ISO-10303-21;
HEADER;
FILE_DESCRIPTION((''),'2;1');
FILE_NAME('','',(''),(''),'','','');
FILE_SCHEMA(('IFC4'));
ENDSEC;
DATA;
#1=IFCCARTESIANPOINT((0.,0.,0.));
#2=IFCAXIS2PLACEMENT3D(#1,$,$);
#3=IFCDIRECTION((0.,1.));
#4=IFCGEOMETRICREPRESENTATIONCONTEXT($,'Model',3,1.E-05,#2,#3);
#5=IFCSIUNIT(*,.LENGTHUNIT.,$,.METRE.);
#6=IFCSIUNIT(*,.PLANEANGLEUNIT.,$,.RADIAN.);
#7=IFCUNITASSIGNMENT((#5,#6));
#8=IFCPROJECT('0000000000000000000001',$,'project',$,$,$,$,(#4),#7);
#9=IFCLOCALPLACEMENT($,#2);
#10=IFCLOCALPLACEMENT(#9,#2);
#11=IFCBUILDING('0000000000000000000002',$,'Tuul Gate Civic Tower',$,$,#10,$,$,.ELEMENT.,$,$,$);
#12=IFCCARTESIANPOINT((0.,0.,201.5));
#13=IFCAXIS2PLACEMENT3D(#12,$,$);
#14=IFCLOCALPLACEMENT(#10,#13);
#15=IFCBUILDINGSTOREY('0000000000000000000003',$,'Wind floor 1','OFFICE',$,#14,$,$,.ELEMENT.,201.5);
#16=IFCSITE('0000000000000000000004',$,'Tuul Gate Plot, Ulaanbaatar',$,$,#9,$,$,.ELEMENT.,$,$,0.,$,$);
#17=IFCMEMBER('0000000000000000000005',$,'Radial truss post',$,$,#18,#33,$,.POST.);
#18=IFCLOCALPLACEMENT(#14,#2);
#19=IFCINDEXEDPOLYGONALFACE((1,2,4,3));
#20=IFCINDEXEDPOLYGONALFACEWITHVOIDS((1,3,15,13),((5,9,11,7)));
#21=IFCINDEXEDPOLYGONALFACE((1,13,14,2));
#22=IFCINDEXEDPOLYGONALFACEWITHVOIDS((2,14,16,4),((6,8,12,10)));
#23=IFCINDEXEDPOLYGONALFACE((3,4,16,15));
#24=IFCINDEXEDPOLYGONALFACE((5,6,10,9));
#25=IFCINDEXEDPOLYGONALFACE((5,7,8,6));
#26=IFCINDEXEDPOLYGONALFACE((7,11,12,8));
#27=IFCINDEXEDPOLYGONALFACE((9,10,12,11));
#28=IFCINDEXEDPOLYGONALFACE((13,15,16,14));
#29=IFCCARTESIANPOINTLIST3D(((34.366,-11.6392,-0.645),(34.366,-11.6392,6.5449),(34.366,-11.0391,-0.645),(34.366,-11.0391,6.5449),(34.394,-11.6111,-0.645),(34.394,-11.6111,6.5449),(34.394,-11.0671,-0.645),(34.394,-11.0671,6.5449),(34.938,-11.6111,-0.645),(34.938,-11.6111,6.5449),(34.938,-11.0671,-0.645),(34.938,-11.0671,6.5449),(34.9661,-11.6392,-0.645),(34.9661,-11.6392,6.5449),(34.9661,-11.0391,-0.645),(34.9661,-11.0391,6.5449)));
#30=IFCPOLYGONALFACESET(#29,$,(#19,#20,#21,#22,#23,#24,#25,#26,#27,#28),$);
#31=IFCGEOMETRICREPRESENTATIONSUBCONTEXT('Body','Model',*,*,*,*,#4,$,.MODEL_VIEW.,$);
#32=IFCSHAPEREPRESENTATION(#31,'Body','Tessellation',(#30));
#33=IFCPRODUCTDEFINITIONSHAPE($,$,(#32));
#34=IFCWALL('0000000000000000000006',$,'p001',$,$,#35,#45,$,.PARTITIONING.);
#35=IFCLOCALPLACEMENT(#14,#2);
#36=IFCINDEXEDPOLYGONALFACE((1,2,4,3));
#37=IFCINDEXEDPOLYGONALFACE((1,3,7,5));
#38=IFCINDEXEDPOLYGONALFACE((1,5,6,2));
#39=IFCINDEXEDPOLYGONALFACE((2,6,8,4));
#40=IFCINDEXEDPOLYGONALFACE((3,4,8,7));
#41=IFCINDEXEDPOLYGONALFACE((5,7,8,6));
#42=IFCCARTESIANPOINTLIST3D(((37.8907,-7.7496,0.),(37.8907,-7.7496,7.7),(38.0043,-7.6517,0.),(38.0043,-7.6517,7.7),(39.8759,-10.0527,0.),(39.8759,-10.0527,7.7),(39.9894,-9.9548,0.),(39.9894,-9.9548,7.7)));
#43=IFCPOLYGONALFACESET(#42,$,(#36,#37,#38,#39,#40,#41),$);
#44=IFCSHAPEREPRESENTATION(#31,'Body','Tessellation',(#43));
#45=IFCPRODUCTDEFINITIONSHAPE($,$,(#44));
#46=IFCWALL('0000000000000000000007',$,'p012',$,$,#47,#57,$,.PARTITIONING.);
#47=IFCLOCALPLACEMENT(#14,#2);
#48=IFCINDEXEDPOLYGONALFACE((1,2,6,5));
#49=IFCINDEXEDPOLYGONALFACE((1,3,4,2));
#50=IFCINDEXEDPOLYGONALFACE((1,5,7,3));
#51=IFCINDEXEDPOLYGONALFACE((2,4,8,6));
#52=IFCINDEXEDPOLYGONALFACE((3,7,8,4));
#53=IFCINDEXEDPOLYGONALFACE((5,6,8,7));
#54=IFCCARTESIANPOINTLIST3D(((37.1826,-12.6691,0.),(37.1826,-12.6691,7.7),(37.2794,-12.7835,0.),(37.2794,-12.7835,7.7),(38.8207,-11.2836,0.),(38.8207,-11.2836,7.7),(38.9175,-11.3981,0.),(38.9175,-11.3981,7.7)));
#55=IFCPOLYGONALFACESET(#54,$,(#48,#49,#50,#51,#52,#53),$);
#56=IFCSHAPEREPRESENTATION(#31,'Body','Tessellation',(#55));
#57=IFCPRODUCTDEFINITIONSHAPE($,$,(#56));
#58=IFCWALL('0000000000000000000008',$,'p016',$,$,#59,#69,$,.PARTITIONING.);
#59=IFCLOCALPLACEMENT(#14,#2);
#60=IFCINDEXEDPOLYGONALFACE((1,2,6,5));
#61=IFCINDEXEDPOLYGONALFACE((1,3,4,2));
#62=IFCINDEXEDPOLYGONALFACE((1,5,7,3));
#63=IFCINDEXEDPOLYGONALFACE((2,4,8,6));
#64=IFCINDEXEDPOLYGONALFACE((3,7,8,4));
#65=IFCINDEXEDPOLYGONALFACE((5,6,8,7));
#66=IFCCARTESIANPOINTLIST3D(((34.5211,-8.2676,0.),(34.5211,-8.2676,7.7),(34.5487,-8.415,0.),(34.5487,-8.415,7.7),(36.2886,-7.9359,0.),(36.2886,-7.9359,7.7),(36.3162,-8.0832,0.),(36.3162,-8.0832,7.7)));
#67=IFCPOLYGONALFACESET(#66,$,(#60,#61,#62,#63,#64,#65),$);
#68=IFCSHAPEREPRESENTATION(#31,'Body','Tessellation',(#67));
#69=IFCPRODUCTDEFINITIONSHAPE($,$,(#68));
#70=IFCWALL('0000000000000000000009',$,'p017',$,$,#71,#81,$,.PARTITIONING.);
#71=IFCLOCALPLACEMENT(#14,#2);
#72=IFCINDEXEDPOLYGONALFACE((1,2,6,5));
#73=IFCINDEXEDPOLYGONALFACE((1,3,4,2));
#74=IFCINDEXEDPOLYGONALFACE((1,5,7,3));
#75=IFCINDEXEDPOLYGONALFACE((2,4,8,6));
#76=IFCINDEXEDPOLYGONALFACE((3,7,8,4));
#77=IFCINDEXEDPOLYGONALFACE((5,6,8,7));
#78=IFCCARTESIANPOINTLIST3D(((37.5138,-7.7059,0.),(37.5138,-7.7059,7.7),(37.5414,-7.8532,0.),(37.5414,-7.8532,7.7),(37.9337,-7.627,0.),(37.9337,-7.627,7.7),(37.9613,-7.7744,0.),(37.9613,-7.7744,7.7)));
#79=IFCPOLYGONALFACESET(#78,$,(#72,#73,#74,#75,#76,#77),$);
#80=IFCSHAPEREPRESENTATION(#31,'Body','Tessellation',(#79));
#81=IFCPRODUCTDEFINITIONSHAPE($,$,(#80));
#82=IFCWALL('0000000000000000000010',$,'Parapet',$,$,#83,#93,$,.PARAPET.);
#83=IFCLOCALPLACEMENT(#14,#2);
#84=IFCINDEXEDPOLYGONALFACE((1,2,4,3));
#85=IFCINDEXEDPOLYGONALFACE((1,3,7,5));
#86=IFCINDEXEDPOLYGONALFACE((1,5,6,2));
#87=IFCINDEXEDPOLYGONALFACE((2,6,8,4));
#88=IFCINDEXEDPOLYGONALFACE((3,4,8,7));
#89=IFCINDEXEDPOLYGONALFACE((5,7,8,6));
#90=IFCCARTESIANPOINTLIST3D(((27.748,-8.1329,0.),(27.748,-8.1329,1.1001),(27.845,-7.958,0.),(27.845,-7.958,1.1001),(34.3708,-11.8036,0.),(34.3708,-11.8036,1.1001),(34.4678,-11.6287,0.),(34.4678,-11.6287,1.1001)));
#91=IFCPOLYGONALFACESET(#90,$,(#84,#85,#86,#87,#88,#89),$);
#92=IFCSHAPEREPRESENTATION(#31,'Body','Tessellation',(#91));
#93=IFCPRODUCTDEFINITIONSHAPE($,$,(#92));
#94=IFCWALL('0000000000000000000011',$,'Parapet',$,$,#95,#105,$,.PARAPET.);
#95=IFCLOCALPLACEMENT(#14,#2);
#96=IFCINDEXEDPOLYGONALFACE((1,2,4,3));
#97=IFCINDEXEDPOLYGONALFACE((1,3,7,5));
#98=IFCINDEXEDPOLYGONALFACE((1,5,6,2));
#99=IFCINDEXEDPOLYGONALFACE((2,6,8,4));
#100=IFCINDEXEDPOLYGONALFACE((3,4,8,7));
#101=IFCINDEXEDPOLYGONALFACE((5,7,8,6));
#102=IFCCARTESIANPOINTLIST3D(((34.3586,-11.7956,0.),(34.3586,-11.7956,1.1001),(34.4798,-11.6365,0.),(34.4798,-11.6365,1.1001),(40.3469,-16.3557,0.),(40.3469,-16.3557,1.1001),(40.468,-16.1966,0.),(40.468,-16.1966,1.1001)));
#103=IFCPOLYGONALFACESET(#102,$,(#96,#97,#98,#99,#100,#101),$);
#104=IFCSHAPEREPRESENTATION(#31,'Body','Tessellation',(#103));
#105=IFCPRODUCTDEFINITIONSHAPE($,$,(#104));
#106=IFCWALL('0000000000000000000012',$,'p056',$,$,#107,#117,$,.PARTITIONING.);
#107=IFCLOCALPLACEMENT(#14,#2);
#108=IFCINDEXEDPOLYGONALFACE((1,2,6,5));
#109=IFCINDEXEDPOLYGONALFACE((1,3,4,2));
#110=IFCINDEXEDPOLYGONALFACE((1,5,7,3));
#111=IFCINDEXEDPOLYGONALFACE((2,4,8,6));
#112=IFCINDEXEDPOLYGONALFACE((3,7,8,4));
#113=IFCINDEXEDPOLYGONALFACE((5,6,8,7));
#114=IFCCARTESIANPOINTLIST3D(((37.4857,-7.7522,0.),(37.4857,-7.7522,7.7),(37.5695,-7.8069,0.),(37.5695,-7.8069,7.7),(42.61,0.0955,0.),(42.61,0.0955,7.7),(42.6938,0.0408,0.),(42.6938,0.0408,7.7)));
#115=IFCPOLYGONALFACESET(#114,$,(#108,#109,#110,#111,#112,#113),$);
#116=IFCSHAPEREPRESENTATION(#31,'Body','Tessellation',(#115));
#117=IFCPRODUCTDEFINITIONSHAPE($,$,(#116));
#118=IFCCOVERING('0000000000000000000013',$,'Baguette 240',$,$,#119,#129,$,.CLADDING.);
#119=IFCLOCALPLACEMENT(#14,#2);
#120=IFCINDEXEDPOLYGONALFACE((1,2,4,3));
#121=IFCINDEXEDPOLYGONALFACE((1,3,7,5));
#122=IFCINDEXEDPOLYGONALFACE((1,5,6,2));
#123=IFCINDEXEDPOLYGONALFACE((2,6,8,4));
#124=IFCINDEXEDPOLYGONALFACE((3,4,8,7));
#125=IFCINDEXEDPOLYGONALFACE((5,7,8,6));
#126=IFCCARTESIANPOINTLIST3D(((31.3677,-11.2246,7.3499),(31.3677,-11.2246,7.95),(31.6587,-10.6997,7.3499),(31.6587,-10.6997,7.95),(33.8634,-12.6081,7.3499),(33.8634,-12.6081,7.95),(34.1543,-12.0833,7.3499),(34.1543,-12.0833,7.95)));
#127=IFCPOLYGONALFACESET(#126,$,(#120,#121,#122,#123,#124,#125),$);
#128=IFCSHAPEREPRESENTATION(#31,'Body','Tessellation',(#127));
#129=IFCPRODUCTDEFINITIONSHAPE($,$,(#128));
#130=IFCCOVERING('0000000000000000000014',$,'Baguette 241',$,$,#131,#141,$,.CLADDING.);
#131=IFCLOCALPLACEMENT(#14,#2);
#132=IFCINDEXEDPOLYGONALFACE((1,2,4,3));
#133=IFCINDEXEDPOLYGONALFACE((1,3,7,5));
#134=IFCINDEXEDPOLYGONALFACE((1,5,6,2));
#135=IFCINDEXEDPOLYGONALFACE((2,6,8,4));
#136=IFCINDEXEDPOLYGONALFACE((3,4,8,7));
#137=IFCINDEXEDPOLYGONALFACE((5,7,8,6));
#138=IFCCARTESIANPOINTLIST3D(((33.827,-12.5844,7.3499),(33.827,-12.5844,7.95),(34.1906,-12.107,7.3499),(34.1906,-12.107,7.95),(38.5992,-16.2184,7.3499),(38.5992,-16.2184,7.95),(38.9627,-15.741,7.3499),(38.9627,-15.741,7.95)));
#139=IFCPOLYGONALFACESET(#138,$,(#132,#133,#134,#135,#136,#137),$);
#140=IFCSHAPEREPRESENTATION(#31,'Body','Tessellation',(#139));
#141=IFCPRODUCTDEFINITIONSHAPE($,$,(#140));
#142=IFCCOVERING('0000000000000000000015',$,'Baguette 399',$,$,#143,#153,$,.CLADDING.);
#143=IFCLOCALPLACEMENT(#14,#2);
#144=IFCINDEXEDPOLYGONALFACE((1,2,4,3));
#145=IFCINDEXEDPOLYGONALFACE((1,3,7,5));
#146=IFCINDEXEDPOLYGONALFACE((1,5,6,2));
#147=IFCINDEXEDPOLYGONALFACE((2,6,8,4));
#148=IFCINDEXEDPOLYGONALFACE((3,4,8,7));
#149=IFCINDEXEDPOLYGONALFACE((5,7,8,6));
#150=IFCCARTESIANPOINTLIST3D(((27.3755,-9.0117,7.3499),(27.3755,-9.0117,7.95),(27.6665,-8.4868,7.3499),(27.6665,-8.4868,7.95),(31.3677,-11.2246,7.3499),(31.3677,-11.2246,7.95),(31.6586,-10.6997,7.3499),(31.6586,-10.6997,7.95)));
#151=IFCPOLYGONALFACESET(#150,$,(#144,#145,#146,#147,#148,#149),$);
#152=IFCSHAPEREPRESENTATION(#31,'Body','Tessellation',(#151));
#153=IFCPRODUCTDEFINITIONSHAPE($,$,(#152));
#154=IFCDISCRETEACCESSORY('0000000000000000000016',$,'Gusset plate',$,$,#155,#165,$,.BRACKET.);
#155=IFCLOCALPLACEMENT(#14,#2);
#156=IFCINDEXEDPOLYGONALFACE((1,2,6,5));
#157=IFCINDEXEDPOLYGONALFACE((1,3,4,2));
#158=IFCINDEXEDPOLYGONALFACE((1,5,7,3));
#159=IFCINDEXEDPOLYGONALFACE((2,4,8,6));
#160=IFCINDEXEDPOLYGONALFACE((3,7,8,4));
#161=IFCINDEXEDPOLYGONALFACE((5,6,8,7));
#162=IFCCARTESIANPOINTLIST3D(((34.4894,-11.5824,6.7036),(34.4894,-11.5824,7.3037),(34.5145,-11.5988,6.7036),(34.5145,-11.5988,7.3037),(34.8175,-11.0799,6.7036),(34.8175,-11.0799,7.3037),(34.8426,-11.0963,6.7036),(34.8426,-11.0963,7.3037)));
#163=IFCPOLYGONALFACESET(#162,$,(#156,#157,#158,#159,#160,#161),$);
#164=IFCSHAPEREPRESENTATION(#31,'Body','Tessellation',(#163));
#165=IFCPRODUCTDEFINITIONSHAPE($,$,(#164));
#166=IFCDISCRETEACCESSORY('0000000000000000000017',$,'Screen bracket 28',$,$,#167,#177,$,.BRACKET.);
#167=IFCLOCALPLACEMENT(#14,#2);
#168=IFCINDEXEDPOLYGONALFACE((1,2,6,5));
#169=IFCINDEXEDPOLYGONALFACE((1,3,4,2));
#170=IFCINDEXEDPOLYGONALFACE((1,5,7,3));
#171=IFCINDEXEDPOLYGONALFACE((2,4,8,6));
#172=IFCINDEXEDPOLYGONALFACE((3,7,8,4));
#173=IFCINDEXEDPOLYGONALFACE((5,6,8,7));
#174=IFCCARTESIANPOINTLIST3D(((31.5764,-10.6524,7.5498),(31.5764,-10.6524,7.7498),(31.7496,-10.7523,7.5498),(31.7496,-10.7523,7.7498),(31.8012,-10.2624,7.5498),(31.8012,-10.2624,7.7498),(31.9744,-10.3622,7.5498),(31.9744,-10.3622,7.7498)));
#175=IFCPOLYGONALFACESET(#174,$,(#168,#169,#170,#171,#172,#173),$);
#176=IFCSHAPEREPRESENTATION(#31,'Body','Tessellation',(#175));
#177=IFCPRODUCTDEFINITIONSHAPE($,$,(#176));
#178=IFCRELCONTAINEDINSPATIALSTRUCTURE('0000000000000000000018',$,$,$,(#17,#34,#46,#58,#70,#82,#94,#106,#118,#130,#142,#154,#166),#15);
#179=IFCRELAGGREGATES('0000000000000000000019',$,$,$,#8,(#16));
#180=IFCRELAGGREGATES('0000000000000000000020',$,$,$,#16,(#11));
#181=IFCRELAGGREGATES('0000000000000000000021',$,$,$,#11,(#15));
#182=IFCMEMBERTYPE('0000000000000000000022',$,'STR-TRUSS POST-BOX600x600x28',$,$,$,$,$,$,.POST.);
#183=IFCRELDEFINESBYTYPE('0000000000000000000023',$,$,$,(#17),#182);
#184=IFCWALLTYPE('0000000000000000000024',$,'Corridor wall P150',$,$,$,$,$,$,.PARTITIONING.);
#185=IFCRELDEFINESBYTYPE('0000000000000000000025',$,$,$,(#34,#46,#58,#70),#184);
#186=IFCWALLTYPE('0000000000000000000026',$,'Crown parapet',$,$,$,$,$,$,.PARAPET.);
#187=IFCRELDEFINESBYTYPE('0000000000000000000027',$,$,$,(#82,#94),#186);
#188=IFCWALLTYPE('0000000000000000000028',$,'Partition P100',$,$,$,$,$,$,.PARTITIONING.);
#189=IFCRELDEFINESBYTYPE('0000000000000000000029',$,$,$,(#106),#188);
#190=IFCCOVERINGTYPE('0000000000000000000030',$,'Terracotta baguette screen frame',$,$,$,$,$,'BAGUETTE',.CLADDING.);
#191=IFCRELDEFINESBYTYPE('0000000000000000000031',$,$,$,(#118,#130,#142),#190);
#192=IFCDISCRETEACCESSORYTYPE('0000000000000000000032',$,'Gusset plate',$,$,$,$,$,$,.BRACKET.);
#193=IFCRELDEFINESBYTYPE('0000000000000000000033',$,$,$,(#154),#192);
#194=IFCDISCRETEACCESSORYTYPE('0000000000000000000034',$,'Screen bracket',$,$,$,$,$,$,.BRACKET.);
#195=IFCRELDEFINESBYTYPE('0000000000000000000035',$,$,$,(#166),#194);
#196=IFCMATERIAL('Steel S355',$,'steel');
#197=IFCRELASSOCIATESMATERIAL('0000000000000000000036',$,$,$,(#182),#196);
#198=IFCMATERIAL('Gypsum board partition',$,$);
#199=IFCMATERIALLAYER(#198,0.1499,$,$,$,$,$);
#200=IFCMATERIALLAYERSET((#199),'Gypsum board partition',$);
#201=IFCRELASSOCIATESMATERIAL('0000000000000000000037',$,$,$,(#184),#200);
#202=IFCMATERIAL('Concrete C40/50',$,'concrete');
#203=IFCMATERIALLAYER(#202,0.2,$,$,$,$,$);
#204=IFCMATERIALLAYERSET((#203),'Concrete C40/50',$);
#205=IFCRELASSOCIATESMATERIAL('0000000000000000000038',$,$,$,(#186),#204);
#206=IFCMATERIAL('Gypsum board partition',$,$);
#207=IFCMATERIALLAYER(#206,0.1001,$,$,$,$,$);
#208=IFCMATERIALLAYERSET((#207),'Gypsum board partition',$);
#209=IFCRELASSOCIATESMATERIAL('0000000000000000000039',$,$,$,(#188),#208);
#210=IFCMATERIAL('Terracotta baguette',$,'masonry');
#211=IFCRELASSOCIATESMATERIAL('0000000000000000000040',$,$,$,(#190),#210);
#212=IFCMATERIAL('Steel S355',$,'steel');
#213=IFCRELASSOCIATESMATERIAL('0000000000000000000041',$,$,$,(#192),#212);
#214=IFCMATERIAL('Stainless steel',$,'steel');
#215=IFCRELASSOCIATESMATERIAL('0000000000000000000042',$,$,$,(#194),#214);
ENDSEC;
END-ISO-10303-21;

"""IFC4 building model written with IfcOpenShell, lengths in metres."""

from ifc_helpers import new_model, si_unit, direction, frame, frame_2d, origin, origin_2d, place, context, subcontext, project, spatial, rectangle, hollow_rectangle, extrude, material, layer, layer_set, material_profile, profile_set, type_object, element, save


model = new_model("IFC4")

# Units and contexts
model_context = context("Model", 3, precision=1e-05, world=origin(), true_north=direction((0.0, 1.0)))
body_context = subcontext(model_context, "Body", "Model", "MODEL_VIEW")
ifc_project = project(units=[si_unit("LENGTHUNIT", "METRE"), si_unit("PLANEANGLEUNIT", "RADIAN")], contexts=[model_context])

# Site, building, storey
site_placement = place(None, origin())
site = spatial("IfcSite", under=ifc_project, at=site_placement, Name="Tuul Gate Plot, Ulaanbaatar", CompositionType="ELEMENT", RefElevation=0.0)
building_placement = place(site_placement, origin())
building = spatial("IfcBuilding", under=site, at=building_placement, Name="Tuul Gate Civic Tower", CompositionType="ELEMENT")
storey_placement = place(building_placement, frame((0.0, 0.0, 201.5)))
storey = spatial("IfcBuildingStorey", under=building, at=storey_placement, Name="Wind floor 1", Description="OFFICE", CompositionType="ELEMENT", Elevation=201.5)

# Member
ifc_material_1 = material(Name="Steel S355", Category="steel")
ifc_material_profile_1 = material_profile(ifc_material_1, hollow_rectangle(XDim=0.6001, YDim=0.6001, WallThickness=0.0281, at=origin_2d()), Name="BOX600x600x28")
ifc_profile_set_1 = profile_set([ifc_material_profile_1], Name="Steel S355")
member_type = type_object("IfcMemberType", Name="STR-TRUSS POST-BOX600x600x28", PredefinedType="POST", material=ifc_profile_set_1)
member_placement = place(storey_placement, frame((34.666, -11.3391, -0.645), z_axis=(0.0, 0.0, 1.0), x_axis=(1.0, 0.0, 0.0)))
element("IfcMember", 1, at=member_placement, inside=storey, type_object=member_type, Name="Radial truss post", PredefinedType="POST", context=body_context, shape_type="SweptSolid", body=[
    extrude(hollow_rectangle(XDim=0.6001, YDim=0.6001, WallThickness=0.0281, at=origin_2d()), origin(), (0.0, 0.0, 1.0), 7.1899),
])

# Walls
ifc_material_2 = material(Name="Gypsum board partition")
ifc_layer_1 = layer(ifc_material_2, 0.1499)
ifc_layer_set_1 = layer_set([ifc_layer_1], Name="Gypsum board partition")
wall_type_1 = type_object("IfcWallType", Name="Corridor wall P150", PredefinedType="PARTITIONING", material=ifc_layer_set_1)
wall_1_placement = place(storey_placement, frame((37.9475, -7.7007, 0.0), z_axis=(0.0, 0.0, 1.0), x_axis=(0.652898, -0.757446, 0.0)))
element("IfcWall", 2, at=wall_1_placement, inside=storey, type_object=wall_type_1, Name="p001", PredefinedType="PARTITIONING", context=body_context, shape_type="SweptSolid", body=[
    extrude(rectangle(XDim=3.0405, YDim=0.1499, at=frame_2d((1.5203, 0.0))), origin(), (0.0, 0.0, 1.0), 7.7),
])
wall_2_placement = place(storey_placement, frame((37.231, -12.7263, 0.0), z_axis=(0.0, 0.0, 1.0), x_axis=(0.763537, 0.645764, 0.0)))
element("IfcWall", 3, at=wall_2_placement, inside=storey, type_object=wall_type_1, Name="p012", PredefinedType="PARTITIONING", context=body_context, shape_type="SweptSolid", body=[
    extrude(rectangle(XDim=2.1455, YDim=0.1499, at=frame_2d((1.0728, 0.0))), origin(), (0.0, 0.0, 1.0), 7.7),
])
wall_3_placement = place(storey_placement, frame((34.5349, -8.3413, 0.0), z_axis=(0.0, 0.0, 1.0), x_axis=(0.982835, 0.184485, 0.0)))
element("IfcWall", 4, at=wall_3_placement, inside=storey, type_object=wall_type_1, Name="p016", PredefinedType="PARTITIONING", context=body_context, shape_type="SweptSolid", body=[
    extrude(rectangle(XDim=1.7983, YDim=0.1499, at=frame_2d((0.8992, 0.0))), origin(), (0.0, 0.0, 1.0), 7.7),
])
wall_4_placement = place(storey_placement, frame((37.5276, -7.7795, 0.0), z_axis=(0.0, 0.0, 1.0), x_axis=(0.98282, 0.184565, 0.0)))
element("IfcWall", 5, at=wall_4_placement, inside=storey, type_object=wall_type_1, Name="p017", PredefinedType="PARTITIONING", context=body_context, shape_type="SweptSolid", body=[
    extrude(rectangle(XDim=0.4272, YDim=0.1499, at=frame_2d((0.2136, 0.0))), origin(), (0.0, 0.0, 1.0), 7.7),
])
ifc_material_3 = material(Name="Concrete C40/50", Category="concrete")
ifc_layer_2 = layer(ifc_material_3, 0.2)
ifc_layer_set_2 = layer_set([ifc_layer_2], Name="Concrete C40/50")
wall_type_2 = type_object("IfcWallType", Name="Crown parapet", PredefinedType="PARAPET", material=ifc_layer_set_2)
wall_5_placement = place(storey_placement, frame((27.7964, -8.0454, 0.0), z_axis=(0.0, 0.0, 1.0), x_axis=(0.874644, -0.484767, 0.0)))
element("IfcWall", 6, at=wall_5_placement, inside=storey, type_object=wall_type_2, Name="Parapet", PredefinedType="PARAPET", context=body_context, shape_type="SweptSolid", body=[
    extrude(rectangle(XDim=7.572, YDim=0.2, at=frame_2d((3.7861, 0.0))), origin(), (0.0, 0.0, 1.0), 1.1001),
])
wall_6_placement = place(storey_placement, frame((34.4192, -11.7161, 0.0), z_axis=(0.0, 0.0, 1.0), x_axis=(0.795588, -0.605838, 0.0)))
element("IfcWall", 7, at=wall_6_placement, inside=storey, type_object=wall_type_2, Name="Parapet", PredefinedType="PARAPET", context=body_context, shape_type="SweptSolid", body=[
    extrude(rectangle(XDim=7.5269, YDim=0.2, at=frame_2d((3.7634, 0.0))), origin(), (0.0, 0.0, 1.0), 1.1001),
])
ifc_material_4 = material(Name="Gypsum board partition")
ifc_layer_3 = layer(ifc_material_4, 0.1001)
ifc_layer_set_3 = layer_set([ifc_layer_3], Name="Gypsum board partition")
wall_type_3 = type_object("IfcWallType", Name="Partition P100", PredefinedType="PARTITIONING", material=ifc_layer_set_3)
wall_7_placement = place(storey_placement, frame((37.5276, -7.7795, 0.0), z_axis=(0.0, 0.0, 1.0), x_axis=(0.546734, 0.837306, 0.0)))
element("IfcWall", 8, at=wall_7_placement, inside=storey, type_object=wall_type_3, Name="p056", PredefinedType="PARTITIONING", context=body_context, shape_type="SweptSolid", body=[
    extrude(rectangle(XDim=9.3726, YDim=0.1001, at=frame_2d((4.6863, 0.0))), origin(), (0.0, 0.0, 1.0), 7.7),
])

# Coverings
ifc_material_5 = material(Name="Terracotta baguette", Category="masonry")
ifc_material_profile_2 = material_profile(ifc_material_5, rectangle(XDim=0.6001, YDim=0.6001, at=origin_2d()), Name="Terracotta baguette screen frame")
ifc_profile_set_2 = profile_set([ifc_material_profile_2], Name="Terracotta baguette")
covering_type = type_object("IfcCoveringType", Name="Terracotta baguette screen frame", ElementType="BAGUETTE", PredefinedType="CLADDING", material=ifc_profile_set_2)
covering_1_placement = place(storey_placement, frame((31.5132, -10.9622, 7.6499), z_axis=(0.874589, -0.484865, 0.0), x_axis=(0.484865, 0.874589, 0.0)))
element("IfcCovering", 9, at=covering_1_placement, inside=storey, type_object=covering_type, Name="Baguette 240", PredefinedType="CLADDING", context=body_context, shape_type="SweptSolid", body=[
    extrude(rectangle(XDim=0.6001, YDim=0.6001, at=origin_2d()), origin(), (0.0, 0.0, 1.0), 2.8535),
])
covering_2_placement = place(storey_placement, frame((34.0088, -12.3457, 7.6499), z_axis=(0.795588, -0.605838, 0.0), x_axis=(0.605838, 0.795588, 0.0)))
element("IfcCovering", 10, at=covering_2_placement, inside=storey, type_object=covering_type, Name="Baguette 241", PredefinedType="CLADDING", context=body_context, shape_type="SweptSolid", body=[
    extrude(rectangle(XDim=0.6001, YDim=0.6001, at=origin_2d()), origin(), (0.0, 0.0, 1.0), 5.9983),
])
covering_3_placement = place(storey_placement, frame((27.521, -8.7493, 7.6499), z_axis=(0.874621, -0.484807, 0.0), x_axis=(0.484807, 0.874621, 0.0)))
element("IfcCovering", 11, at=covering_3_placement, inside=storey, type_object=covering_type, Name="Baguette 399", PredefinedType="CLADDING", context=body_context, shape_type="SweptSolid", body=[
    extrude(rectangle(XDim=0.6001, YDim=0.6001, at=origin_2d()), origin(), (0.0, 0.0, 1.0), 4.5645),
])

# Discrete accessories
ifc_material_6 = material(Name="Steel S355", Category="steel")
discrete_accessory_type_1 = type_object("IfcDiscreteAccessoryType", Name="Gusset plate", PredefinedType="BRACKET", material=ifc_material_6)
discrete_accessory_1_placement = place(storey_placement, frame((34.666, -11.3394, 6.7036), z_axis=(0.0, 0.0, 1.0), x_axis=(0.546722, 0.837314, 0.0)))
element("IfcDiscreteAccessory", 12, at=discrete_accessory_1_placement, inside=storey, type_object=discrete_accessory_type_1, Name="Gusset plate", PredefinedType="BRACKET", context=body_context, shape_type="SweptSolid", body=[
    extrude(rectangle(XDim=0.6001, YDim=0.03, at=origin_2d()), origin(), (0.0, 0.0, 1.0), 0.6001),
])
ifc_material_7 = material(Name="Stainless steel", Category="steel")
discrete_accessory_type_2 = type_object("IfcDiscreteAccessoryType", Name="Screen bracket", PredefinedType="BRACKET", material=ifc_material_7)
discrete_accessory_2_placement = place(storey_placement, frame((31.7754, -10.5073, 7.5498), z_axis=(0.0, 0.0, 1.0), x_axis=(-0.499367, -0.866391, 0.0)))
element("IfcDiscreteAccessory", 13, at=discrete_accessory_2_placement, inside=storey, type_object=discrete_accessory_type_2, Name="Screen bracket 28", PredefinedType="BRACKET", context=body_context, shape_type="SweptSolid", body=[
    extrude(rectangle(XDim=0.4502, YDim=0.2, at=origin_2d()), origin(), (0.0, 0.0, 1.0), 0.2),
])

save(model, "model.ifc")
